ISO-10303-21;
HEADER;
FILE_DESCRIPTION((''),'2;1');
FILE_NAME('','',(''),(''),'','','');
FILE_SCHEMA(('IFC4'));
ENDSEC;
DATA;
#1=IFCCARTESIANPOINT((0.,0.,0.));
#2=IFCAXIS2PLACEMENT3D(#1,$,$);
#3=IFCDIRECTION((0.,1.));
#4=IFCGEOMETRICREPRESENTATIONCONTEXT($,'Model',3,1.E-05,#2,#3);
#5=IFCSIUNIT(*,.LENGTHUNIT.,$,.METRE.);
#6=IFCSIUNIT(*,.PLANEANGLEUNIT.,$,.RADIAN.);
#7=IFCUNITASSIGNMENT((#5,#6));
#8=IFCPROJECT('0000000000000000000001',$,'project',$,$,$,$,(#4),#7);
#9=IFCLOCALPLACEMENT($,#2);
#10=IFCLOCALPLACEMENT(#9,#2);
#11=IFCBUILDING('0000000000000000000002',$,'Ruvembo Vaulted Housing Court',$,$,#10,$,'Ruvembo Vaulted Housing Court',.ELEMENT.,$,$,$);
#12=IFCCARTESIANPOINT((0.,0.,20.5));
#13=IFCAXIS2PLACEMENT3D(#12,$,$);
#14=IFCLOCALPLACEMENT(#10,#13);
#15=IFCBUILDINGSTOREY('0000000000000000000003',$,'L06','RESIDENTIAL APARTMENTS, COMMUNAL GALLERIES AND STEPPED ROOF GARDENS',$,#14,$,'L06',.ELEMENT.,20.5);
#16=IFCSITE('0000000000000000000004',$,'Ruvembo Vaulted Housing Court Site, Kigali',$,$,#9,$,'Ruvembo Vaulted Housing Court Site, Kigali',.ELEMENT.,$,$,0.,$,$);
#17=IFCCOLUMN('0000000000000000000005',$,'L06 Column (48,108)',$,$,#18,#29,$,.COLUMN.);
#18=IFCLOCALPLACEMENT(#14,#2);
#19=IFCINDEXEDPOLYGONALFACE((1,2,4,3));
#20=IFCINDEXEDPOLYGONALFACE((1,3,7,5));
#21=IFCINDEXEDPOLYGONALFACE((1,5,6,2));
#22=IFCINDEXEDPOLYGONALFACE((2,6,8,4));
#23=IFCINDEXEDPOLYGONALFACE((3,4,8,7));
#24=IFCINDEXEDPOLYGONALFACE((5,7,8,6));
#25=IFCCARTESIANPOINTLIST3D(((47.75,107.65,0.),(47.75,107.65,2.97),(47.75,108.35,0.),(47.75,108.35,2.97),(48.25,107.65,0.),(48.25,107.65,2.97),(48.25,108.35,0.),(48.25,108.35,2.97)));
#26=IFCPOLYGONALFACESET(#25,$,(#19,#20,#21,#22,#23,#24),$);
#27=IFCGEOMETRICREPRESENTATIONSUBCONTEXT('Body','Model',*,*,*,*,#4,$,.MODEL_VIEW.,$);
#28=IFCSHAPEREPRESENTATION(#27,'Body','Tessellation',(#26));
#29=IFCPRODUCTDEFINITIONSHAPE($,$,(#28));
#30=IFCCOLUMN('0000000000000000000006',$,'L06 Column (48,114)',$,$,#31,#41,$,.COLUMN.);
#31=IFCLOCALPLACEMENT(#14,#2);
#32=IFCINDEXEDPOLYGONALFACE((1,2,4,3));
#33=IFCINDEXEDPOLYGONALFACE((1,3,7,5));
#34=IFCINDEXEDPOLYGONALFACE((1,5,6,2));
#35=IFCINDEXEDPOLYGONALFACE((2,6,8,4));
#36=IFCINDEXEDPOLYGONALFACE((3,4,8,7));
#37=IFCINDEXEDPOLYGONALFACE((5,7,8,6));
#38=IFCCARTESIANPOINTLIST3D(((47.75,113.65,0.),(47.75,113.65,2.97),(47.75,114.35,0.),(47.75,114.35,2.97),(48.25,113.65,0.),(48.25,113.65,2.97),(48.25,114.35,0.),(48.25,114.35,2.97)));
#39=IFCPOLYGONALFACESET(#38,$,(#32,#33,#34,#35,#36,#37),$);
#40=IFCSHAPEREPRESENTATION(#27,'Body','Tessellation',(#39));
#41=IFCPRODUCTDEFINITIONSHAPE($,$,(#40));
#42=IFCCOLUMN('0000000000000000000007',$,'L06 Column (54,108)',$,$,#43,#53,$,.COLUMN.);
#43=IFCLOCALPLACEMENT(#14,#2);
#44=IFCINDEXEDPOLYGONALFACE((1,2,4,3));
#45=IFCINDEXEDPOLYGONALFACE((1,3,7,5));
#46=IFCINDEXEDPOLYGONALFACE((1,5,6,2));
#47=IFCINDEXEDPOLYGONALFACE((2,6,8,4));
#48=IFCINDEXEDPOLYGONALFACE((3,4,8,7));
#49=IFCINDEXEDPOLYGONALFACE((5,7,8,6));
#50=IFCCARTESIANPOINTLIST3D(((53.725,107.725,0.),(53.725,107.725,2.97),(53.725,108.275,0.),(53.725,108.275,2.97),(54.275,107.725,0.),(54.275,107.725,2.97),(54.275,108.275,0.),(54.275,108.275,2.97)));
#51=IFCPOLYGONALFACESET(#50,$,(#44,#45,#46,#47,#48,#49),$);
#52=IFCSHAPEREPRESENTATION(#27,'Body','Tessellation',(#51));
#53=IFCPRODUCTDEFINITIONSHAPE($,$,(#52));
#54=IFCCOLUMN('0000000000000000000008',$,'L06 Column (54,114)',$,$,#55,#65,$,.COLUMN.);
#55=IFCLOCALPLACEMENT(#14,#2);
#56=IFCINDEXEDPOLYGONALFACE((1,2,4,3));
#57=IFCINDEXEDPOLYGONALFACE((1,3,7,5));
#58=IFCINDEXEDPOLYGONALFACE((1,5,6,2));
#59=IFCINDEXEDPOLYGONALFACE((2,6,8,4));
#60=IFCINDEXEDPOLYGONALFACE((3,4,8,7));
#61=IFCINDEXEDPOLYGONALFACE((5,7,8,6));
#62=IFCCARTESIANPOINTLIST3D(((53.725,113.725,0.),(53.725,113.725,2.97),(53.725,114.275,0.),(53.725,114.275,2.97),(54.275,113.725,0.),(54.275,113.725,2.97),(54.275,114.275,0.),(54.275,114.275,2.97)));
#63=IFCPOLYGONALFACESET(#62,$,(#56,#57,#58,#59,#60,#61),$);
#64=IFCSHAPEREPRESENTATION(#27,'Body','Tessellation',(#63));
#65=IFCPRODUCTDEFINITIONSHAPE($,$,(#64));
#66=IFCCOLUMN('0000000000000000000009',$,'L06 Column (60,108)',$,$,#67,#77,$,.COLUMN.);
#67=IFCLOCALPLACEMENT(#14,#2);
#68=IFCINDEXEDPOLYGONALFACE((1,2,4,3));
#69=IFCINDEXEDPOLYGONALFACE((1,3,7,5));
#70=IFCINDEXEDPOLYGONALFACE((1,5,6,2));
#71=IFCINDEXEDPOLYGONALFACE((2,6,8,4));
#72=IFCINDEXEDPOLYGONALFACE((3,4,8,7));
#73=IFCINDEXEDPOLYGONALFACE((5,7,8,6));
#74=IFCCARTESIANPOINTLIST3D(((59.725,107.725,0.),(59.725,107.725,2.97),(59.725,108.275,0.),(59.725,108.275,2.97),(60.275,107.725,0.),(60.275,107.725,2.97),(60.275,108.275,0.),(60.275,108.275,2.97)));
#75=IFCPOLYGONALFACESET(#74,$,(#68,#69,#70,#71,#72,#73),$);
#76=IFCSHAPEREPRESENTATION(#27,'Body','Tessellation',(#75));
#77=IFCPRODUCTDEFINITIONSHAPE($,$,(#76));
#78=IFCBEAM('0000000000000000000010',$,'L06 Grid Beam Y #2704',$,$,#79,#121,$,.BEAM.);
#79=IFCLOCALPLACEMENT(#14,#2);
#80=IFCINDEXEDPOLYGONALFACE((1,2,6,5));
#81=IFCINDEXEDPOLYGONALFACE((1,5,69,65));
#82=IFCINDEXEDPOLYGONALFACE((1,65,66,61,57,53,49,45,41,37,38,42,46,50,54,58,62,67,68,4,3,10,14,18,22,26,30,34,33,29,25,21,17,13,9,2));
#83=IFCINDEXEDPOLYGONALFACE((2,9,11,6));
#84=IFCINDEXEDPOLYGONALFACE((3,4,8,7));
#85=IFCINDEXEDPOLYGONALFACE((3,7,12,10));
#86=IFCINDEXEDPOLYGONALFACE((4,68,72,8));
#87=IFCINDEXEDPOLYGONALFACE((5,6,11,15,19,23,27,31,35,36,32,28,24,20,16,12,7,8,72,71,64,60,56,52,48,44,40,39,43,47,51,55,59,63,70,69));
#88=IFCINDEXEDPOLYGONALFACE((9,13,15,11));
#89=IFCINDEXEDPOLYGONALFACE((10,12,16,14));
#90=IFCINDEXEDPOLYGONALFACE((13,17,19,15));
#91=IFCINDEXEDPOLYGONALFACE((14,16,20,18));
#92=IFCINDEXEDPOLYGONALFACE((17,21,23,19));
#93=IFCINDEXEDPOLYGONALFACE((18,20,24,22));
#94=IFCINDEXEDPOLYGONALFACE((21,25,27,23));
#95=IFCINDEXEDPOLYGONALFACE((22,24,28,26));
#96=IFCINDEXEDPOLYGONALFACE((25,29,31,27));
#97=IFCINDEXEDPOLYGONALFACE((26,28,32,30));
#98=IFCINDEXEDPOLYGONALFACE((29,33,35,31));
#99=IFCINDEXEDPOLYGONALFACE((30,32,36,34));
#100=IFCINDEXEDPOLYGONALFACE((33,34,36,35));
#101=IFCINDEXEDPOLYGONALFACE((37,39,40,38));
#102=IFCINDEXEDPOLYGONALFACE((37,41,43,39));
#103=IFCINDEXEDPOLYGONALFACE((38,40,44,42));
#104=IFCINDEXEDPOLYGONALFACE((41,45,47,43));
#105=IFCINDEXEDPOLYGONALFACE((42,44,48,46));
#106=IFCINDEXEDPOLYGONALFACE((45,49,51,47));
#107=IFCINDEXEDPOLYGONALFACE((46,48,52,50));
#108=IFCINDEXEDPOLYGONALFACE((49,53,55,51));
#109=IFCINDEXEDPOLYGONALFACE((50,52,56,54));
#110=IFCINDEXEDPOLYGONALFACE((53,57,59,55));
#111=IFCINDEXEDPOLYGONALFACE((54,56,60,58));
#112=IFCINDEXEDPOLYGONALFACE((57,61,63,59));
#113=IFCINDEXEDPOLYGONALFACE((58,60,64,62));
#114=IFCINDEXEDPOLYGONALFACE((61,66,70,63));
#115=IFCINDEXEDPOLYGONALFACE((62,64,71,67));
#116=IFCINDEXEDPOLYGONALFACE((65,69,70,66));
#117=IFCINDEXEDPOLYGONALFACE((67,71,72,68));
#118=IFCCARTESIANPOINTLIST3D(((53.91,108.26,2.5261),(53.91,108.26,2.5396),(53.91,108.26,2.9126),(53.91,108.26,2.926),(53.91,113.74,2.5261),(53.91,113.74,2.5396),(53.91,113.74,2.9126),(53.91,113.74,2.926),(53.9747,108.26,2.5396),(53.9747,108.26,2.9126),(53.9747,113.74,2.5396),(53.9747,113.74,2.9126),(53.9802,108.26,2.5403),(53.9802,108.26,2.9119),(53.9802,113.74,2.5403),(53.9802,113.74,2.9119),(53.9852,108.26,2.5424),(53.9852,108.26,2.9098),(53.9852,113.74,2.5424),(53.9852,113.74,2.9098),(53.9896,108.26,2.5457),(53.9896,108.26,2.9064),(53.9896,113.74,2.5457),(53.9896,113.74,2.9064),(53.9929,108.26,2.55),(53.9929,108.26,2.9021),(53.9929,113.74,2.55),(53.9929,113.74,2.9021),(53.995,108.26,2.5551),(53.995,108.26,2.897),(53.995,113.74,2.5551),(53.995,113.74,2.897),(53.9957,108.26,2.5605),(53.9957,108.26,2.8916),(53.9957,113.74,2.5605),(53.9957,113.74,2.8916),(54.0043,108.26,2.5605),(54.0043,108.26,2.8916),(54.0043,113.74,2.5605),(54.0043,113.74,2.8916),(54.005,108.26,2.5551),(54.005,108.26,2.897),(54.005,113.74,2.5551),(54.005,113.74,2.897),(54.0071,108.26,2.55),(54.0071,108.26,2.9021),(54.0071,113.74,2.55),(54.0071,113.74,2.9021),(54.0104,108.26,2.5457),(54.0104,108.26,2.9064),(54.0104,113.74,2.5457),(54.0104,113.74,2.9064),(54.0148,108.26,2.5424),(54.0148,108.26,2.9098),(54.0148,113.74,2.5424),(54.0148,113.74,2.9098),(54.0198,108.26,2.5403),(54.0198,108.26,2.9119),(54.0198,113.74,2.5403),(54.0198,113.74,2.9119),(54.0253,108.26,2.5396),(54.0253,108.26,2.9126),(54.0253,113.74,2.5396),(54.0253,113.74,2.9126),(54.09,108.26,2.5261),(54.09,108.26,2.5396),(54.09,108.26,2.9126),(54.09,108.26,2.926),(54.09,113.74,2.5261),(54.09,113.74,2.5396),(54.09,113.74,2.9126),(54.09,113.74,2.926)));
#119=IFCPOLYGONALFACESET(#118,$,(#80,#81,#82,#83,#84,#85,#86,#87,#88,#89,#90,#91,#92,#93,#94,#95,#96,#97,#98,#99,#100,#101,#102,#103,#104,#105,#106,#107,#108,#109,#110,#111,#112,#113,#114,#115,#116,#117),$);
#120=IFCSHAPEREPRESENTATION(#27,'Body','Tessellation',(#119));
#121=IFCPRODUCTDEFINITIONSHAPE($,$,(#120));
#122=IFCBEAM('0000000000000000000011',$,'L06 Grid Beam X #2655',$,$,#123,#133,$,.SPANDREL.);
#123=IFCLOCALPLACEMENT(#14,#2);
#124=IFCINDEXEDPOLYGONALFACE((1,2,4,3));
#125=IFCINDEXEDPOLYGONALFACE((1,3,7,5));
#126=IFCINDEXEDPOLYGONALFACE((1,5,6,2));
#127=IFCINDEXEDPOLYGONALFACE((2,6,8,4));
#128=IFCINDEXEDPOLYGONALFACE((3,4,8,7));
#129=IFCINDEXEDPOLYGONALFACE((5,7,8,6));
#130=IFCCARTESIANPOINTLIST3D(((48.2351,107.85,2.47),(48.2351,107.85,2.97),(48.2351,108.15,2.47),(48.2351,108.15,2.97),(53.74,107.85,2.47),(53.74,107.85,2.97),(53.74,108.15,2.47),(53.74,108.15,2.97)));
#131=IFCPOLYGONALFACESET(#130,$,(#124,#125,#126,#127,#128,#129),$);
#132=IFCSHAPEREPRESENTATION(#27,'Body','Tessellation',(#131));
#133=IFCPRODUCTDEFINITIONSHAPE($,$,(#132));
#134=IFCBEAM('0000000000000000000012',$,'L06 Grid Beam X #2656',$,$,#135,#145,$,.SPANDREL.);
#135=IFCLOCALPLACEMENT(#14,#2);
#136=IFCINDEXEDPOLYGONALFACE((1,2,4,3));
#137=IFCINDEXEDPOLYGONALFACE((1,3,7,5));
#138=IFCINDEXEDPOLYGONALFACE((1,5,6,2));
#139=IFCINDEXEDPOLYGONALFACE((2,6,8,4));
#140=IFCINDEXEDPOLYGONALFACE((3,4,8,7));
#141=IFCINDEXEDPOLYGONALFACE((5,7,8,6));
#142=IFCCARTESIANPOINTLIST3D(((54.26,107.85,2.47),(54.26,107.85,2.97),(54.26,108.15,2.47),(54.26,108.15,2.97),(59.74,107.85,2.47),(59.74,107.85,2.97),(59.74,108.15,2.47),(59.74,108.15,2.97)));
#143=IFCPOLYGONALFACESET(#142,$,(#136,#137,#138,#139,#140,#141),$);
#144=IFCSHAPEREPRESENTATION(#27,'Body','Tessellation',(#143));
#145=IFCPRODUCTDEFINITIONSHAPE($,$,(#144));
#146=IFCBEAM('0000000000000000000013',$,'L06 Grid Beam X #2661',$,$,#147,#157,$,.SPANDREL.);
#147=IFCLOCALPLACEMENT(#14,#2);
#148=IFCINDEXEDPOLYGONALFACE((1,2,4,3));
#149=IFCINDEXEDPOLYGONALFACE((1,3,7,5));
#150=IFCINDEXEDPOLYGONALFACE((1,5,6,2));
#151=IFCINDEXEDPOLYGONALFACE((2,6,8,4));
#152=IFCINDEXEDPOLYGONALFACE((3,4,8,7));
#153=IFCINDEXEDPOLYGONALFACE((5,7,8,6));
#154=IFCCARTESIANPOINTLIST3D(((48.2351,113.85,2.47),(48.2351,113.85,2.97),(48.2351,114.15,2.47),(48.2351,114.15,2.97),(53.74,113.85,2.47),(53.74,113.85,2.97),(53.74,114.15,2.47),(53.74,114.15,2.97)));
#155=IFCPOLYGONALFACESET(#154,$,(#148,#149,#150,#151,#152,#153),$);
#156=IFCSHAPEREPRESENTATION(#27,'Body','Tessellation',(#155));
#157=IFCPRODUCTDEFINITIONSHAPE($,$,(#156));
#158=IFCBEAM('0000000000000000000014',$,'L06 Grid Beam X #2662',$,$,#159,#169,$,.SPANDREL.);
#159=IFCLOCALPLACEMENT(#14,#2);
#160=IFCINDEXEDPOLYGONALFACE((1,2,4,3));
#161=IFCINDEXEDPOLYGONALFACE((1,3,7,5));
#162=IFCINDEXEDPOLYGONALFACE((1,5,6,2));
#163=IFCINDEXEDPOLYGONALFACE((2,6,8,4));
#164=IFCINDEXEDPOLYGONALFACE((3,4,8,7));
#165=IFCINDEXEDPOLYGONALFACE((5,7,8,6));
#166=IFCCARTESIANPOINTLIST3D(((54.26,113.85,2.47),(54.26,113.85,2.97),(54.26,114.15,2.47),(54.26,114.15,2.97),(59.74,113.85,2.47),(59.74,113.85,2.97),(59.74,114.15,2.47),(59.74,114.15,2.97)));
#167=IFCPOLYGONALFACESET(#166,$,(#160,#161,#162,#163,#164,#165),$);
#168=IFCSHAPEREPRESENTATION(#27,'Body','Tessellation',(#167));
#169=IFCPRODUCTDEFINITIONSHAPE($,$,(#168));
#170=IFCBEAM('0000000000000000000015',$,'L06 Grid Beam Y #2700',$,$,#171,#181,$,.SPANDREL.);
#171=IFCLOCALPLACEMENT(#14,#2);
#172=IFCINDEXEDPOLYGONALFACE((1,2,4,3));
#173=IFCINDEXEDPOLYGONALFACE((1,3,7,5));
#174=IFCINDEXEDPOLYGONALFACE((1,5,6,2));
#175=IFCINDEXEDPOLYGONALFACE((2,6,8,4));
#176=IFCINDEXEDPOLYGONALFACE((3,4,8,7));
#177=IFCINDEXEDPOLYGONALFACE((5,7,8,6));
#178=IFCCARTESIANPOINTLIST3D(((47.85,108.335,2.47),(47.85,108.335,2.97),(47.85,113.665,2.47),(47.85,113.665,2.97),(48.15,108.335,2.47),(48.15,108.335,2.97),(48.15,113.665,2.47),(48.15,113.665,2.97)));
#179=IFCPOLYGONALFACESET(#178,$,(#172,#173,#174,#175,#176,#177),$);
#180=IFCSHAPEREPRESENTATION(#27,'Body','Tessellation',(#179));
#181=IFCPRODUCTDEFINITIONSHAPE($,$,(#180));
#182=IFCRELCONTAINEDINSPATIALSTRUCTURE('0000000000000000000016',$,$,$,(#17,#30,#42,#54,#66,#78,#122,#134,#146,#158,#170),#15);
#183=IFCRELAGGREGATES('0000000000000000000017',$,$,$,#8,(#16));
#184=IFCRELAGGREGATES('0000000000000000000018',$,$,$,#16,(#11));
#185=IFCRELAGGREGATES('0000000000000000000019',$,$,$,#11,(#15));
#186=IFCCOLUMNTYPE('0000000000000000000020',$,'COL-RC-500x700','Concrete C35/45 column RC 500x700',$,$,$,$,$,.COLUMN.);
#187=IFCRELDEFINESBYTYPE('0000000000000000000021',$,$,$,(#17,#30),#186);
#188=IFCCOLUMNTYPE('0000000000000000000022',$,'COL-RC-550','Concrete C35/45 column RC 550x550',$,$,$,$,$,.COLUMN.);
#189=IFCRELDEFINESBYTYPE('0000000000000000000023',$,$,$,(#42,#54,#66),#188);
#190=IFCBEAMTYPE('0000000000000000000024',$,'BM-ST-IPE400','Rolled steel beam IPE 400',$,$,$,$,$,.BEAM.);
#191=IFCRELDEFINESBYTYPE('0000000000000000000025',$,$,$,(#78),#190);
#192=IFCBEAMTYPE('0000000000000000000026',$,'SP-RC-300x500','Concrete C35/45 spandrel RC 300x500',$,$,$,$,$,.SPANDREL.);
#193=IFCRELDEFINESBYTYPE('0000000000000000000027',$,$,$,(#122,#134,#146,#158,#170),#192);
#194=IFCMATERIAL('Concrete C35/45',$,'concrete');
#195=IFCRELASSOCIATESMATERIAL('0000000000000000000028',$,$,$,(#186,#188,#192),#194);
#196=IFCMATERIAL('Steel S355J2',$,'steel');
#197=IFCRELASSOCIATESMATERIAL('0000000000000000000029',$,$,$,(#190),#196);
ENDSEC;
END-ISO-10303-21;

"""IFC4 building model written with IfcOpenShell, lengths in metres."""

from ifc_helpers import new_model, si_unit, direction, frame, origin, origin_2d, place, context, subcontext, project, spatial, rectangle, i_section, extrude, material, material_profile, profile_set, type_object, element, save


model = new_model("IFC4")

# Units and contexts
model_context = context("Model", 3, precision=1e-05, world=origin(), true_north=direction((0.0, 1.0)))
body_context = subcontext(model_context, "Body", "Model", "MODEL_VIEW")
ifc_project = project(units=[si_unit("LENGTHUNIT", "METRE"), si_unit("PLANEANGLEUNIT", "RADIAN")], contexts=[model_context])

# Site, building, storey
site_placement = place(None, origin())
site = spatial("IfcSite", under=ifc_project, at=site_placement, Name="Ruvembo Vaulted Housing Court Site, Kigali", LongName="Ruvembo Vaulted Housing Court Site, Kigali", CompositionType="ELEMENT", RefElevation=0.0)
building_placement = place(site_placement, origin())
building = spatial("IfcBuilding", under=site, at=building_placement, Name="Ruvembo Vaulted Housing Court", LongName="Ruvembo Vaulted Housing Court", CompositionType="ELEMENT")
storey_placement = place(building_placement, frame((0.0, 0.0, 20.5)))
storey = spatial("IfcBuildingStorey", under=building, at=storey_placement, Name="L06", Description="RESIDENTIAL APARTMENTS, COMMUNAL GALLERIES AND STEPPED ROOF GARDENS", LongName="L06", CompositionType="ELEMENT", Elevation=20.5)

# Columns
ifc_material_1 = material(Name="Concrete C35/45", Category="concrete")
ifc_material_profile_1 = material_profile(ifc_material_1, rectangle(XDim=0.5, YDim=0.7, at=origin_2d()), Name="RC 500x700")
ifc_profile_set_1 = profile_set([ifc_material_profile_1], Name="Concrete C35/45")
column_type_1 = type_object("IfcColumnType", Name="COL-RC-500x700", Description="Concrete C35/45 column RC 500x700", PredefinedType="COLUMN", material=ifc_profile_set_1)
for number, where, z_axis, x_axis, name in (
    (1, (48.0, 108.0, 0.0), (0.0, 0.0, 1.0), (1.0, 0.0, 0.0), "L06 Column (48,108)"),
    (2, (48.0, 114.0, 0.0), (0.0, 0.0, 1.0), (1.0, 0.0, 0.0), "L06 Column (48,114)"),
):
    element("IfcColumn", number, at=place(storey_placement, frame(where, z_axis=z_axis, x_axis=x_axis)), inside=storey, type_object=column_type_1, Name=name, PredefinedType="COLUMN", context=body_context, shape_type="SweptSolid", body=[
        extrude(rectangle(XDim=0.5, YDim=0.7, at=origin_2d()), origin(), (0.0, 0.0, 1.0), 2.97),
    ])
ifc_material_profile_2 = material_profile(ifc_material_1, rectangle(XDim=0.55, YDim=0.55, at=origin_2d()), Name="RC 550x550")
ifc_profile_set_2 = profile_set([ifc_material_profile_2], Name="Concrete C35/45")
column_type_2 = type_object("IfcColumnType", Name="COL-RC-550", Description="Concrete C35/45 column RC 550x550", PredefinedType="COLUMN", material=ifc_profile_set_2)
for number, where, z_axis, x_axis, name in (
    (3, (54.0, 108.0, 0.0), (0.0, 0.0, 1.0), (1.0, 0.0, 0.0), "L06 Column (54,108)"),
    (4, (54.0, 114.0, 0.0), (0.0, 0.0, 1.0), (1.0, 0.0, 0.0), "L06 Column (54,114)"),
    (5, (60.0, 108.0, 0.0), (0.0, 0.0, 1.0), (1.0, 0.0, 0.0), "L06 Column (60,108)"),
):
    element("IfcColumn", number, at=place(storey_placement, frame(where, z_axis=z_axis, x_axis=x_axis)), inside=storey, type_object=column_type_2, Name=name, PredefinedType="COLUMN", context=body_context, shape_type="SweptSolid", body=[
        extrude(rectangle(XDim=0.55, YDim=0.55, at=origin_2d()), origin(), (0.0, 0.0, 1.0), 2.97),
    ])

# Beams
ifc_material_2 = material(Name="Steel S355J2", Category="steel")
ifc_material_profile_3 = material_profile(ifc_material_2, i_section(OverallWidth=0.1799, OverallDepth=0.3999, WebThickness=0.0085, FlangeThickness=0.0134, FilletRadius=0.021, at=origin_2d()), Name="IPE 400")
ifc_profile_set_3 = profile_set([ifc_material_profile_3], Name="Steel S355J2")
beam_type_1 = type_object("IfcBeamType", Name="BM-ST-IPE400", Description="Rolled steel beam IPE 400", PredefinedType="BEAM", material=ifc_profile_set_3)
beam_1_placement = place(storey_placement, frame((54.0, 108.26, 2.7261), z_axis=(0.0, 1.0, 0.0), x_axis=(-1.0, 0.0, 0.0)))
element("IfcBeam", 6, at=beam_1_placement, inside=storey, type_object=beam_type_1, Name="L06 Grid Beam Y #2704", PredefinedType="BEAM", context=body_context, shape_type="SweptSolid", body=[
    extrude(i_section(OverallWidth=0.1799, OverallDepth=0.3999, WebThickness=0.0085, FlangeThickness=0.0134, FilletRadius=0.021, at=origin_2d()), origin(), (0.0, 0.0, 1.0), 5.48),
])
ifc_material_profile_4 = material_profile(ifc_material_1, rectangle(XDim=0.3, YDim=0.5, at=origin_2d()), Name="RC 300x500")
ifc_profile_set_4 = profile_set([ifc_material_profile_4], Name="Concrete C35/45")
beam_type_2 = type_object("IfcBeamType", Name="SP-RC-300x500", Description="Concrete C35/45 spandrel RC 300x500", PredefinedType="SPANDREL", material=ifc_profile_set_4)
beam_2_placement = place(storey_placement, frame((48.2351, 108.0, 2.72), z_axis=(1.0, 0.0, 0.0), x_axis=(0.0, 1.0, 0.0)))
element("IfcBeam", 7, at=beam_2_placement, inside=storey, type_object=beam_type_2, Name="L06 Grid Beam X #2655", PredefinedType="SPANDREL", context=body_context, shape_type="SweptSolid", body=[
    extrude(rectangle(XDim=0.3, YDim=0.5, at=origin_2d()), origin(), (0.0, 0.0, 1.0), 5.5049),
])
beam_3_placement = place(storey_placement, frame((54.26, 108.0, 2.72), z_axis=(1.0, 0.0, 0.0), x_axis=(0.0, 1.0, 0.0)))
element("IfcBeam", 8, at=beam_3_placement, inside=storey, type_object=beam_type_2, Name="L06 Grid Beam X #2656", PredefinedType="SPANDREL", context=body_context, shape_type="SweptSolid", body=[
    extrude(rectangle(XDim=0.3, YDim=0.5, at=origin_2d()), origin(), (0.0, 0.0, 1.0), 5.48),
])
beam_4_placement = place(storey_placement, frame((48.2351, 114.0, 2.72), z_axis=(1.0, 0.0, 0.0), x_axis=(0.0, 1.0, 0.0)))
element("IfcBeam", 9, at=beam_4_placement, inside=storey, type_object=beam_type_2, Name="L06 Grid Beam X #2661", PredefinedType="SPANDREL", context=body_context, shape_type="SweptSolid", body=[
    extrude(rectangle(XDim=0.3, YDim=0.5, at=origin_2d()), origin(), (0.0, 0.0, 1.0), 5.5049),
])
beam_5_placement = place(storey_placement, frame((54.26, 114.0, 2.72), z_axis=(1.0, 0.0, 0.0), x_axis=(0.0, 1.0, 0.0)))
element("IfcBeam", 10, at=beam_5_placement, inside=storey, type_object=beam_type_2, Name="L06 Grid Beam X #2662", PredefinedType="SPANDREL", context=body_context, shape_type="SweptSolid", body=[
    extrude(rectangle(XDim=0.3, YDim=0.5, at=origin_2d()), origin(), (0.0, 0.0, 1.0), 5.48),
])
beam_6_placement = place(storey_placement, frame((48.0, 108.335, 2.72), z_axis=(0.0, 1.0, 0.0), x_axis=(-1.0, 0.0, 0.0)))
element("IfcBeam", 11, at=beam_6_placement, inside=storey, type_object=beam_type_2, Name="L06 Grid Beam Y #2700", PredefinedType="SPANDREL", context=body_context, shape_type="SweptSolid", body=[
    extrude(rectangle(XDim=0.3, YDim=0.5, at=origin_2d()), origin(), (0.0, 0.0, 1.0), 5.3301),
])

save(model, "model.ifc")
